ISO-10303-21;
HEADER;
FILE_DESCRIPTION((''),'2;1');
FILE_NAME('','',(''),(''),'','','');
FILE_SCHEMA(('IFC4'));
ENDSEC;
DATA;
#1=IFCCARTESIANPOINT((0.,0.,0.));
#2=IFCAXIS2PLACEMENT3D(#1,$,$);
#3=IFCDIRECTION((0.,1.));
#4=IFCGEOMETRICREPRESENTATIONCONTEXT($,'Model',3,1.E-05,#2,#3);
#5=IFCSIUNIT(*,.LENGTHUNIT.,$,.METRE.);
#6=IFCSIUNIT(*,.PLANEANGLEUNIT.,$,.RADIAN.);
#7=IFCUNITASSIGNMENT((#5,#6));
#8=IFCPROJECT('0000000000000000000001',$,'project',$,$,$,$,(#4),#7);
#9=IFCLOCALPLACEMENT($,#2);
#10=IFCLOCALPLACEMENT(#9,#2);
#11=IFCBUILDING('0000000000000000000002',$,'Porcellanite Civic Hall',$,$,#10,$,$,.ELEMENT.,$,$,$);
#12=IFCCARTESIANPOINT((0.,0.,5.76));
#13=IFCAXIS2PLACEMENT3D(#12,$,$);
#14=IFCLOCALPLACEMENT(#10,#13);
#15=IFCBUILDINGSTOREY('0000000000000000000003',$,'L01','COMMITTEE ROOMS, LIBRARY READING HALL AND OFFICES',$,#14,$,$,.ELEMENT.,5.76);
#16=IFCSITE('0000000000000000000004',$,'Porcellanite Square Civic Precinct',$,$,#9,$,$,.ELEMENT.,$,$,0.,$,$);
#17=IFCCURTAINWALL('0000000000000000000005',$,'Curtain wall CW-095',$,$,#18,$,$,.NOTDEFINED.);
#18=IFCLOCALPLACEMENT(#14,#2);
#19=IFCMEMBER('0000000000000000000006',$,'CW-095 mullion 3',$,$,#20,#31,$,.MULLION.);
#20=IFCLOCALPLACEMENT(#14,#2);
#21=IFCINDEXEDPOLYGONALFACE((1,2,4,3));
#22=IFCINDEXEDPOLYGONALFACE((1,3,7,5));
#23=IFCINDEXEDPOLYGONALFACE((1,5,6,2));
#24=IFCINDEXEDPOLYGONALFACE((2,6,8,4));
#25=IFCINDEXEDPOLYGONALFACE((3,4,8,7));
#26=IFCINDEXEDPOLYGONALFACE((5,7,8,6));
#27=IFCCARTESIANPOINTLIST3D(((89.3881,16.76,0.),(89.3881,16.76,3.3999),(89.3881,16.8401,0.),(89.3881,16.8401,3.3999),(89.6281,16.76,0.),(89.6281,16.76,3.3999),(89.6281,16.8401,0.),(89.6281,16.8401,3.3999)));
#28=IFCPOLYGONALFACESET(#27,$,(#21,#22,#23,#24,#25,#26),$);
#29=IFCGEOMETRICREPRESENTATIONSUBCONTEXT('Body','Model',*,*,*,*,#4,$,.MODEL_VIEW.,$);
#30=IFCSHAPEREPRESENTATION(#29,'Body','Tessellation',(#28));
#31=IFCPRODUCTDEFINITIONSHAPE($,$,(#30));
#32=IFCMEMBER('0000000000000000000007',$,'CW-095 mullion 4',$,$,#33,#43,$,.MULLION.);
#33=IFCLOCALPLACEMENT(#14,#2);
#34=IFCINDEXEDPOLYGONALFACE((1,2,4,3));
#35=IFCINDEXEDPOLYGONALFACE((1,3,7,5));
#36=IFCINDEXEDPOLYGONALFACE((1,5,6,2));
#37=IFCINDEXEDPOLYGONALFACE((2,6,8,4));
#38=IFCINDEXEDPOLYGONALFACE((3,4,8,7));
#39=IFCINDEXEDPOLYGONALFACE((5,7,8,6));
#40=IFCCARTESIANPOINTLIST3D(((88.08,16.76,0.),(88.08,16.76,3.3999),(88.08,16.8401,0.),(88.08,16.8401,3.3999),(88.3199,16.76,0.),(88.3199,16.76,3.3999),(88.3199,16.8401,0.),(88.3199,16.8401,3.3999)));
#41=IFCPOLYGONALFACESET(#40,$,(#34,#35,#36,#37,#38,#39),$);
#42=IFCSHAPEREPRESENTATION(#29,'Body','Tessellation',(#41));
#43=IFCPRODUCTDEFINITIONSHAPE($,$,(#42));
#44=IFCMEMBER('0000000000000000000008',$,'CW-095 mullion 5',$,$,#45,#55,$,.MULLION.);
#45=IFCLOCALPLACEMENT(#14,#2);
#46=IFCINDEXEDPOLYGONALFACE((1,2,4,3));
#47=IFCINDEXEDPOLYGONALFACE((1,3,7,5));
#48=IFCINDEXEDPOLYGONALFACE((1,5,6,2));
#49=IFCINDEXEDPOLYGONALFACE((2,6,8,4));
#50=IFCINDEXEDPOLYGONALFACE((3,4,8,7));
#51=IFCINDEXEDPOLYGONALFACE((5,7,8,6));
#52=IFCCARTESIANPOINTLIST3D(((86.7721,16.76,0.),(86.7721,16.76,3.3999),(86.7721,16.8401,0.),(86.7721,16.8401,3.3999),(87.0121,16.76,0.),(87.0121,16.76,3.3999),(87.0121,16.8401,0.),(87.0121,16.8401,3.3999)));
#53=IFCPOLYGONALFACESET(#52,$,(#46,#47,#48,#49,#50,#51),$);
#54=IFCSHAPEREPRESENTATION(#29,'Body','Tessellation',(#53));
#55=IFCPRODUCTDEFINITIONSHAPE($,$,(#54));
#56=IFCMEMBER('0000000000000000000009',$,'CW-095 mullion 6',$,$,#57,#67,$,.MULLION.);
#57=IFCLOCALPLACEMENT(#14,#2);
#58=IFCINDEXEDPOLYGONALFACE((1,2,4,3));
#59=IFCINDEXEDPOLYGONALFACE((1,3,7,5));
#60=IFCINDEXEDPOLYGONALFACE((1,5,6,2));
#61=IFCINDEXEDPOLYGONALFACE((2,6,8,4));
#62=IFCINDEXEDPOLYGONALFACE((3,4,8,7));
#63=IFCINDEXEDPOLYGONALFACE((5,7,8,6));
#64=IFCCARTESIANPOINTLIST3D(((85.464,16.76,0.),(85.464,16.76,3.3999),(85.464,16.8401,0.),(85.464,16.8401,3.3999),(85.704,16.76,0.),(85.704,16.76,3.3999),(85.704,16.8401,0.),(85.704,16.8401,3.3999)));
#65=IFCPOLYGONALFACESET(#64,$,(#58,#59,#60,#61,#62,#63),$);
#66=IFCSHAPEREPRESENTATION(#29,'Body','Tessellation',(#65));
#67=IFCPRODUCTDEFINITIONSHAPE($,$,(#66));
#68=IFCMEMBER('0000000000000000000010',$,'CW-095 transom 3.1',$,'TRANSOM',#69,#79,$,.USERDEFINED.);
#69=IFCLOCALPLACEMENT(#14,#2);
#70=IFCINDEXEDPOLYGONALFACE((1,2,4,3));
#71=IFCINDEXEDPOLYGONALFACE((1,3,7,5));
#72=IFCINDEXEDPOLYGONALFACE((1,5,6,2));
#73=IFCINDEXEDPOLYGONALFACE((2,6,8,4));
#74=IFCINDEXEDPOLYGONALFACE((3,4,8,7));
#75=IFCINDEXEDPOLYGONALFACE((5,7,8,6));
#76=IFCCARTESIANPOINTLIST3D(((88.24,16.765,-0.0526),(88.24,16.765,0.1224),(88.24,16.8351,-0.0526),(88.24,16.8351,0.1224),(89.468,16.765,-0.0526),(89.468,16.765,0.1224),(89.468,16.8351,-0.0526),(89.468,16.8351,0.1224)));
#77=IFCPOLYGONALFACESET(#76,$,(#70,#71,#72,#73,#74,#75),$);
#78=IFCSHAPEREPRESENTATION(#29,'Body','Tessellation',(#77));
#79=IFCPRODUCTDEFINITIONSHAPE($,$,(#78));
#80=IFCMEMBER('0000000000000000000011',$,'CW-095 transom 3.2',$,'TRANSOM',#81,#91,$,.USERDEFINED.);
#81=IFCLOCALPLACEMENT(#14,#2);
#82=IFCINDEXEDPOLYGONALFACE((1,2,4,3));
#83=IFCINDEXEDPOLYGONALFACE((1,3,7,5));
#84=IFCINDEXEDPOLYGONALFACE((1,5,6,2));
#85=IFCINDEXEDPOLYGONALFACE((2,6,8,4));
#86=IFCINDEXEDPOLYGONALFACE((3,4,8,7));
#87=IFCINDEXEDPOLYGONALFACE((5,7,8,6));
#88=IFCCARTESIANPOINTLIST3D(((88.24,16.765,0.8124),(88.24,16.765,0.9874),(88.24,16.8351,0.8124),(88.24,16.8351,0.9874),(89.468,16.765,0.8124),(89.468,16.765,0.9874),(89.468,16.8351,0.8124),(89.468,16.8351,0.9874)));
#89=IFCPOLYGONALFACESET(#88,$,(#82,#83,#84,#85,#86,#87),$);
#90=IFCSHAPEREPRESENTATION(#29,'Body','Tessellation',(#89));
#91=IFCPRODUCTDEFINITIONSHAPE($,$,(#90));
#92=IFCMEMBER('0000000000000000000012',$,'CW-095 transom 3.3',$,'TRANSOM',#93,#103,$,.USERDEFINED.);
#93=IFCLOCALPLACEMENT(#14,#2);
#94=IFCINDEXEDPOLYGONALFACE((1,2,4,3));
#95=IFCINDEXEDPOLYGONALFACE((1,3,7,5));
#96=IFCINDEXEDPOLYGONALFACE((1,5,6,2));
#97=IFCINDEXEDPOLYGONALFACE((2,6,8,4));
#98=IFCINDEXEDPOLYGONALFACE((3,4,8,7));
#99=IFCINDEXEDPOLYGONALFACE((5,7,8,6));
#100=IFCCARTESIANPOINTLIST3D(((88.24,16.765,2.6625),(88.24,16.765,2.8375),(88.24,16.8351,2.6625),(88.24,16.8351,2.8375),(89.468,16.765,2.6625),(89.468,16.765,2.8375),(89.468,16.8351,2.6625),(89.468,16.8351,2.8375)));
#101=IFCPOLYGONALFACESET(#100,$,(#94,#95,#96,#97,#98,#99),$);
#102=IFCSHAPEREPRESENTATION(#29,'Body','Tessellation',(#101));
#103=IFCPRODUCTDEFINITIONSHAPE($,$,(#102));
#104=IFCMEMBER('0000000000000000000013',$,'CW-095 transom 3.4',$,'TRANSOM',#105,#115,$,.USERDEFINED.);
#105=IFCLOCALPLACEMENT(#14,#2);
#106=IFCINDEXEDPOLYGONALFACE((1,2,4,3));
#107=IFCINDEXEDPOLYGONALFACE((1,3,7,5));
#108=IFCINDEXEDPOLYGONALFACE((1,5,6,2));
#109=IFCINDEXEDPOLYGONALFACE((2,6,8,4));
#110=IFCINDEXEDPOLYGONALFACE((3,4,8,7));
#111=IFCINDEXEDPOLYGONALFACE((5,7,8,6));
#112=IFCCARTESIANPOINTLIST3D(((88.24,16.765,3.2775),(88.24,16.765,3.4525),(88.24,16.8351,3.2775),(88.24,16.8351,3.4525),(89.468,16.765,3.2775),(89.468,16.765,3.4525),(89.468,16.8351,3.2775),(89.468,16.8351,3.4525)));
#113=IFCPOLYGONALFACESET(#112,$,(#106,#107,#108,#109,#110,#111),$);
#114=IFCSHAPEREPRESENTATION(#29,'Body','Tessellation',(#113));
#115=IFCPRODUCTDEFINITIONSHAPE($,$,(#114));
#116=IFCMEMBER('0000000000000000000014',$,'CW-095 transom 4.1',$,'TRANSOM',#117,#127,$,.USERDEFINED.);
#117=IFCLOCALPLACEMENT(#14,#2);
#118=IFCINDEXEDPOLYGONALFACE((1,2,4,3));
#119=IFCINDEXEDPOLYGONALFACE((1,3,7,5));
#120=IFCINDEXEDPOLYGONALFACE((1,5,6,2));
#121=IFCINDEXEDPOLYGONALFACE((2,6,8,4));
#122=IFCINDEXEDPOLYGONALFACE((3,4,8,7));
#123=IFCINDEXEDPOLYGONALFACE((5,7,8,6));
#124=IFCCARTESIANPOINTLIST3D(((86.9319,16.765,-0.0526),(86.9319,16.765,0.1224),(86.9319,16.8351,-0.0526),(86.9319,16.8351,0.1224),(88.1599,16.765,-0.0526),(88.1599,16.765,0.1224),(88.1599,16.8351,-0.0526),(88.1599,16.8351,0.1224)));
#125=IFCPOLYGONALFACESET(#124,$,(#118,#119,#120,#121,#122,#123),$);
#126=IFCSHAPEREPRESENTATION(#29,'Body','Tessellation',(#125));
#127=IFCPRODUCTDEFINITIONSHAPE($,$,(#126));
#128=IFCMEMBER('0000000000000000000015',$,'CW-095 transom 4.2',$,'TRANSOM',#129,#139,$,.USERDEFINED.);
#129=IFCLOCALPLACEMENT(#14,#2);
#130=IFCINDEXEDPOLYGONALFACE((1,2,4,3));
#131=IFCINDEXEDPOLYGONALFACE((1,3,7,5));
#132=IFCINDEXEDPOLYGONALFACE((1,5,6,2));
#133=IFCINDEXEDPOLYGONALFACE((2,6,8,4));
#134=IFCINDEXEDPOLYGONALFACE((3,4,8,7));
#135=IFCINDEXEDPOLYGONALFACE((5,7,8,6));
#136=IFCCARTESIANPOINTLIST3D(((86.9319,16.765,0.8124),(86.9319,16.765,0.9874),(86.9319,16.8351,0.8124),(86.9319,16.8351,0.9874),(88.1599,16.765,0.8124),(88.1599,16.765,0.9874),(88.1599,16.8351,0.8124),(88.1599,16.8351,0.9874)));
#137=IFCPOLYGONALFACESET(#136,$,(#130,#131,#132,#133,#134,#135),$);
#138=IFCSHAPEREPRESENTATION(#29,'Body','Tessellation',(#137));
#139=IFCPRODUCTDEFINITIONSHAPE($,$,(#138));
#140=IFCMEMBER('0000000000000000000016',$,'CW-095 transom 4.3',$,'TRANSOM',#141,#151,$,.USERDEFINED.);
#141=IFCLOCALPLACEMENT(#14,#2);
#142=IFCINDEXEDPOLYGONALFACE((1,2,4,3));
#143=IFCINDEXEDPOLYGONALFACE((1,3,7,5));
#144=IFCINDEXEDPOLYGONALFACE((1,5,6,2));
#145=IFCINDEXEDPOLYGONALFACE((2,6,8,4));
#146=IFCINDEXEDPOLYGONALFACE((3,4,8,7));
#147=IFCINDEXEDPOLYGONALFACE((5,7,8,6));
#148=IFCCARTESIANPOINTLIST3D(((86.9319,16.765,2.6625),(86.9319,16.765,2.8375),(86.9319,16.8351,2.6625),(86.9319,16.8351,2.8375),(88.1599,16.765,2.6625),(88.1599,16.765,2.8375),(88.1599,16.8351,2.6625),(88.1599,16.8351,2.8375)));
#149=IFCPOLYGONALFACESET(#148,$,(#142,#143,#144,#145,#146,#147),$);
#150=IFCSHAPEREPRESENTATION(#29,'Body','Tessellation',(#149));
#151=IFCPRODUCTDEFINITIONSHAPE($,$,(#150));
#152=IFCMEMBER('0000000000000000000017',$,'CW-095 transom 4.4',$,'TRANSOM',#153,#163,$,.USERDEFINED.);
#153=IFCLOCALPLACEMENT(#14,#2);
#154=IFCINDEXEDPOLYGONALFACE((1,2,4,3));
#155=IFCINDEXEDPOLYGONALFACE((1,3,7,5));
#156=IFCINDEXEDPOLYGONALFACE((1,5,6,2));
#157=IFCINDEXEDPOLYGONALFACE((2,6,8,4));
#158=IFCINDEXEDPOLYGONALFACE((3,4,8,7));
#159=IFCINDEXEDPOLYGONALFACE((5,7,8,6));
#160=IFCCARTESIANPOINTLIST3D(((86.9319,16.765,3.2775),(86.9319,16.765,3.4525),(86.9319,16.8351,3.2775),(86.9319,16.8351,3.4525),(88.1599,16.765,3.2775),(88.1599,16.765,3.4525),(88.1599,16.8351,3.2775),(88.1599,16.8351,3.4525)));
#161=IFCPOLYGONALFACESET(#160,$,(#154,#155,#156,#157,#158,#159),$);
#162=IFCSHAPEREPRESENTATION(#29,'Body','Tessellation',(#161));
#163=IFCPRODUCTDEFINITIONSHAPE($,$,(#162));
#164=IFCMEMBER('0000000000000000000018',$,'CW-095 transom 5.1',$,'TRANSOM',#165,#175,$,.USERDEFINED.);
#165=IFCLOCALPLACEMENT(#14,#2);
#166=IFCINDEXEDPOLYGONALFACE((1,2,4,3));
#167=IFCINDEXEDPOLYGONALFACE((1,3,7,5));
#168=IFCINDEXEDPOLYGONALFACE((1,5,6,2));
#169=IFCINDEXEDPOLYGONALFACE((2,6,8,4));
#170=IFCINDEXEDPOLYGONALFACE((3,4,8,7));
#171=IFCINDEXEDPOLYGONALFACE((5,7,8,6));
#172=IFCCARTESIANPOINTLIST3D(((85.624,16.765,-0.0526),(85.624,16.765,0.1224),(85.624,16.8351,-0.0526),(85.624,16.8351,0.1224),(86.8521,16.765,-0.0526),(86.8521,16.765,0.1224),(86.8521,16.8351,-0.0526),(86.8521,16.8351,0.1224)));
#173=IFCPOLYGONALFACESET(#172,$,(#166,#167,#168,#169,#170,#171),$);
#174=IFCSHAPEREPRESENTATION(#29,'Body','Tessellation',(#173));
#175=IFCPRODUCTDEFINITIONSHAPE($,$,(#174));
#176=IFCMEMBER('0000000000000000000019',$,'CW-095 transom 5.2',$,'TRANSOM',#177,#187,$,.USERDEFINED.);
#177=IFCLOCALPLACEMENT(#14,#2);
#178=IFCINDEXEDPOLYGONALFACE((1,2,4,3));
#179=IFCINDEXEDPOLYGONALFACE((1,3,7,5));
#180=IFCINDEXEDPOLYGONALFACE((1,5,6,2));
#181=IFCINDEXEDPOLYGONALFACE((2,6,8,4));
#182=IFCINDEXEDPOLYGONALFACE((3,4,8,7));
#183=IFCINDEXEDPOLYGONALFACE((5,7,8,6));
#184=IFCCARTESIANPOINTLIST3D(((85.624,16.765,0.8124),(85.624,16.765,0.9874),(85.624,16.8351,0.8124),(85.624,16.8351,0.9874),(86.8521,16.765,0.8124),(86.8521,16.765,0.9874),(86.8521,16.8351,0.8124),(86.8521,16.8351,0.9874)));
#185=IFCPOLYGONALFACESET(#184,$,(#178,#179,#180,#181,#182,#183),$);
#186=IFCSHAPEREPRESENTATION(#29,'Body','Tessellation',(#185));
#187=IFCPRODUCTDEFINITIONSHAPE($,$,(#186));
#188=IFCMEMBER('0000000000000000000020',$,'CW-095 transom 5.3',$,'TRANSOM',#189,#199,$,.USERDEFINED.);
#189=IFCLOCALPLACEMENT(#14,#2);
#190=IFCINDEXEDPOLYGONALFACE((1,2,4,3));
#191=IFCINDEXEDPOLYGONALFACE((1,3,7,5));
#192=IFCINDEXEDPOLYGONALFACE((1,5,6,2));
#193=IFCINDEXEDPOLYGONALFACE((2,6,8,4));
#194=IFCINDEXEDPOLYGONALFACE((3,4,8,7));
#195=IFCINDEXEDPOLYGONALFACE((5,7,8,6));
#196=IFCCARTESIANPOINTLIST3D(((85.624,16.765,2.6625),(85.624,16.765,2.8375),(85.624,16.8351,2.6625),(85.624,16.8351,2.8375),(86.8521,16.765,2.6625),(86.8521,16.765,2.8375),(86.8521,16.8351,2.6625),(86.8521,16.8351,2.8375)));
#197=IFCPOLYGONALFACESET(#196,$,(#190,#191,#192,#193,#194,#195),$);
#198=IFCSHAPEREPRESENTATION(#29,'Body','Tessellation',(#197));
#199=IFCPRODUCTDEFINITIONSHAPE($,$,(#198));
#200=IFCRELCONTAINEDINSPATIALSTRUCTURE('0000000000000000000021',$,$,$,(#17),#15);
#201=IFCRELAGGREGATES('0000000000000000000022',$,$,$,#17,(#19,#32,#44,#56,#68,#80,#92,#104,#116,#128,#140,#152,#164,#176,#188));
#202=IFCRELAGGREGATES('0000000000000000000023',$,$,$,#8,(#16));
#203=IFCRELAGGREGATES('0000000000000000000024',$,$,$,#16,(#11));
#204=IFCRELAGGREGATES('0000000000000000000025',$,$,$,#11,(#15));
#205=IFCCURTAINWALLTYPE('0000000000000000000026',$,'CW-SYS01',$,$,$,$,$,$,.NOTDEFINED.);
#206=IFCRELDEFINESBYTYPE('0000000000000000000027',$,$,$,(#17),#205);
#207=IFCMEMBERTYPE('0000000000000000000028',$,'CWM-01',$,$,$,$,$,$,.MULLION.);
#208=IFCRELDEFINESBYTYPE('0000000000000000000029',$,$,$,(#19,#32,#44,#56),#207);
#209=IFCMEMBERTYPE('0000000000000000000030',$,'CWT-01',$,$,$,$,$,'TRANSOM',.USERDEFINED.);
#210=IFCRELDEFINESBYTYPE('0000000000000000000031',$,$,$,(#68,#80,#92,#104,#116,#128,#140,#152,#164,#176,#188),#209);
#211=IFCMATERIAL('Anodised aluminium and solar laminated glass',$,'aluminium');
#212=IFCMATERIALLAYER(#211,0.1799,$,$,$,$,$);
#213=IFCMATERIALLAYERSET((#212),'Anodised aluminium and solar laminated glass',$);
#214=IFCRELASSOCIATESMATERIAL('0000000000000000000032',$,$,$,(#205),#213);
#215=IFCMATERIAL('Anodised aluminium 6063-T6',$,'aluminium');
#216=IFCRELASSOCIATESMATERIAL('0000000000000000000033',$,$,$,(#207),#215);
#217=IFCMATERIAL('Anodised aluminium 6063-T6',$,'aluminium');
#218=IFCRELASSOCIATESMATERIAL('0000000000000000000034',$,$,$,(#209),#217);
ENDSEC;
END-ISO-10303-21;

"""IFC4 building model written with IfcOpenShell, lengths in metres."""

from ifc_helpers import new_model, si_unit, direction, frame, origin, origin_2d, place, context, subcontext, project, spatial, rectangle, extrude, material, layer, layer_set, material_profile, profile_set, type_object, element, aggregate, save


model = new_model("IFC4")

# Units and contexts
model_context = context("Model", 3, precision=1e-05, world=origin(), true_north=direction((0.0, 1.0)))
body_context = subcontext(model_context, "Body", "Model", "MODEL_VIEW")
ifc_project = project(units=[si_unit("LENGTHUNIT", "METRE"), si_unit("PLANEANGLEUNIT", "RADIAN")], contexts=[model_context])

# Site, building, storey
site_placement = place(None, origin())
site = spatial("IfcSite", under=ifc_project, at=site_placement, Name="Porcellanite Square Civic Precinct", CompositionType="ELEMENT", RefElevation=0.0)
building_placement = place(site_placement, origin())
building = spatial("IfcBuilding", under=site, at=building_placement, Name="Porcellanite Civic Hall", CompositionType="ELEMENT")
storey_placement = place(building_placement, frame((0.0, 0.0, 5.76)))
storey = spatial("IfcBuildingStorey", under=building, at=storey_placement, Name="L01", Description="COMMITTEE ROOMS, LIBRARY READING HALL AND OFFICES", CompositionType="ELEMENT", Elevation=5.76)

# Curtain wall, members
ifc_material_1 = material(Name="Anodised aluminium and solar laminated glass", Category="aluminium")
ifc_layer_1 = layer(ifc_material_1, 0.1799)
ifc_layer_set_1 = layer_set([ifc_layer_1], Name="Anodised aluminium and solar laminated glass")
curtain_wall_type = type_object("IfcCurtainWallType", Name="CW-SYS01", PredefinedType="NOTDEFINED", material=ifc_layer_set_1)
curtain_wall_placement = place(storey_placement, origin())
curtain_wall = element("IfcCurtainWall", 1, at=curtain_wall_placement, inside=storey, type_object=curtain_wall_type, Name="Curtain wall CW-095", PredefinedType="NOTDEFINED")
ifc_material_2 = material(Name="Anodised aluminium 6063-T6", Category="aluminium")
ifc_material_profile_1 = material_profile(ifc_material_2, rectangle(XDim=0.0801, YDim=0.24, at=origin_2d()), Name="AL-80x240")
ifc_profile_set_1 = profile_set([ifc_material_profile_1], Name="Anodised aluminium 6063-T6")
member_type_1 = type_object("IfcMemberType", Name="CWM-01", PredefinedType="MULLION", material=ifc_profile_set_1)
member_1_placement = place(storey_placement, frame((89.5081, 16.8, 0.0), z_axis=(0.0, 0.0, 1.0), x_axis=(0.0, -1.0, 0.0)))
member_1 = element("IfcMember", 2, at=member_1_placement, type_object=member_type_1, Name="CW-095 mullion 3", PredefinedType="MULLION", context=body_context, shape_type="SweptSolid", body=[
    extrude(rectangle(XDim=0.0801, YDim=0.24, at=origin_2d()), origin(), (0.0, 0.0, 1.0), 3.3999),
])
member_2_placement = place(storey_placement, frame((88.2, 16.8, 0.0), z_axis=(0.0, 0.0, 1.0), x_axis=(0.0, -1.0, 0.0)))
member_2 = element("IfcMember", 3, at=member_2_placement, type_object=member_type_1, Name="CW-095 mullion 4", PredefinedType="MULLION", context=body_context, shape_type="SweptSolid", body=[
    extrude(rectangle(XDim=0.0801, YDim=0.24, at=origin_2d()), origin(), (0.0, 0.0, 1.0), 3.3999),
])
member_3_placement = place(storey_placement, frame((86.8921, 16.8, 0.0), z_axis=(0.0, 0.0, 1.0), x_axis=(0.0, -1.0, 0.0)))
member_3 = element("IfcMember", 4, at=member_3_placement, type_object=member_type_1, Name="CW-095 mullion 5", PredefinedType="MULLION", context=body_context, shape_type="SweptSolid", body=[
    extrude(rectangle(XDim=0.0801, YDim=0.24, at=origin_2d()), origin(), (0.0, 0.0, 1.0), 3.3999),
])
member_4_placement = place(storey_placement, frame((85.584, 16.8, 0.0), z_axis=(0.0, 0.0, 1.0), x_axis=(0.0, -1.0, 0.0)))
member_4 = element("IfcMember", 5, at=member_4_placement, type_object=member_type_1, Name="CW-095 mullion 6", PredefinedType="MULLION", context=body_context, shape_type="SweptSolid", body=[
    extrude(rectangle(XDim=0.0801, YDim=0.24, at=origin_2d()), origin(), (0.0, 0.0, 1.0), 3.3999),
])
ifc_material_3 = material(Name="Anodised aluminium 6063-T6", Category="aluminium")
ifc_material_profile_2 = material_profile(ifc_material_3, rectangle(XDim=0.0701, YDim=0.175, at=origin_2d()), Name="AL-70x175")
ifc_profile_set_2 = profile_set([ifc_material_profile_2], Name="Anodised aluminium 6063-T6")
member_type_2 = type_object("IfcMemberType", Name="CWT-01", ElementType="TRANSOM", PredefinedType="USERDEFINED", material=ifc_profile_set_2)
member_5_placement = place(storey_placement, frame((89.468, 16.8, 0.0349), z_axis=(-1.0, 0.0, 0.0), x_axis=(0.0, -1.0, 0.0)))
member_5 = element("IfcMember", 6, at=member_5_placement, type_object=member_type_2, Name="CW-095 transom 3.1", ObjectType="TRANSOM", PredefinedType="USERDEFINED", context=body_context, shape_type="SweptSolid", body=[
    extrude(rectangle(XDim=0.0701, YDim=0.175, at=origin_2d()), origin(), (0.0, 0.0, 1.0), 1.228),
])
member_6_placement = place(storey_placement, frame((89.468, 16.8, 0.8999), z_axis=(-1.0, 0.0, 0.0), x_axis=(0.0, -1.0, 0.0)))
member_6 = element("IfcMember", 7, at=member_6_placement, type_object=member_type_2, Name="CW-095 transom 3.2", ObjectType="TRANSOM", PredefinedType="USERDEFINED", context=body_context, shape_type="SweptSolid", body=[
    extrude(rectangle(XDim=0.0701, YDim=0.175, at=origin_2d()), origin(), (0.0, 0.0, 1.0), 1.228),
])
member_7_placement = place(storey_placement, frame((89.468, 16.8, 2.75), z_axis=(-1.0, 0.0, 0.0), x_axis=(0.0, -1.0, 0.0)))
member_7 = element("IfcMember", 8, at=member_7_placement, type_object=member_type_2, Name="CW-095 transom 3.3", ObjectType="TRANSOM", PredefinedType="USERDEFINED", context=body_context, shape_type="SweptSolid", body=[
    extrude(rectangle(XDim=0.0701, YDim=0.175, at=origin_2d()), origin(), (0.0, 0.0, 1.0), 1.228),
])
member_8_placement = place(storey_placement, frame((89.468, 16.8, 3.365), z_axis=(-1.0, 0.0, 0.0), x_axis=(0.0, -1.0, 0.0)))
member_8 = element("IfcMember", 9, at=member_8_placement, type_object=member_type_2, Name="CW-095 transom 3.4", ObjectType="TRANSOM", PredefinedType="USERDEFINED", context=body_context, shape_type="SweptSolid", body=[
    extrude(rectangle(XDim=0.0701, YDim=0.175, at=origin_2d()), origin(), (0.0, 0.0, 1.0), 1.228),
])
member_9_placement = place(storey_placement, frame((88.1599, 16.8, 0.0349), z_axis=(-1.0, 0.0, 0.0), x_axis=(0.0, -1.0, 0.0)))
member_9 = element("IfcMember", 10, at=member_9_placement, type_object=member_type_2, Name="CW-095 transom 4.1", ObjectType="TRANSOM", PredefinedType="USERDEFINED", context=body_context, shape_type="SweptSolid", body=[
    extrude(rectangle(XDim=0.0701, YDim=0.175, at=origin_2d()), origin(), (0.0, 0.0, 1.0), 1.228),
])
member_10_placement = place(storey_placement, frame((88.1599, 16.8, 0.8999), z_axis=(-1.0, 0.0, 0.0), x_axis=(0.0, -1.0, 0.0)))
member_10 = element("IfcMember", 11, at=member_10_placement, type_object=member_type_2, Name="CW-095 transom 4.2", ObjectType="TRANSOM", PredefinedType="USERDEFINED", context=body_context, shape_type="SweptSolid", body=[
    extrude(rectangle(XDim=0.0701, YDim=0.175, at=origin_2d()), origin(), (0.0, 0.0, 1.0), 1.228),
])
member_11_placement = place(storey_placement, frame((88.1599, 16.8, 2.75), z_axis=(-1.0, 0.0, 0.0), x_axis=(0.0, -1.0, 0.0)))
member_11 = element("IfcMember", 12, at=member_11_placement, type_object=member_type_2, Name="CW-095 transom 4.3", ObjectType="TRANSOM", PredefinedType="USERDEFINED", context=body_context, shape_type="SweptSolid", body=[
    extrude(rectangle(XDim=0.0701, YDim=0.175, at=origin_2d()), origin(), (0.0, 0.0, 1.0), 1.228),
])
member_12_placement = place(storey_placement, frame((88.1599, 16.8, 3.365), z_axis=(-1.0, 0.0, 0.0), x_axis=(0.0, -1.0, 0.0)))
member_12 = element("IfcMember", 13, at=member_12_placement, type_object=member_type_2, Name="CW-095 transom 4.4", ObjectType="TRANSOM", PredefinedType="USERDEFINED", context=body_context, shape_type="SweptSolid", body=[
    extrude(rectangle(XDim=0.0701, YDim=0.175, at=origin_2d()), origin(), (0.0, 0.0, 1.0), 1.228),
])
member_13_placement = place(storey_placement, frame((86.8521, 16.8, 0.0349), z_axis=(-1.0, 0.0, 0.0), x_axis=(0.0, -1.0, 0.0)))
member_13 = element("IfcMember", 14, at=member_13_placement, type_object=member_type_2, Name="CW-095 transom 5.1", ObjectType="TRANSOM", PredefinedType="USERDEFINED", context=body_context, shape_type="SweptSolid", body=[
    extrude(rectangle(XDim=0.0701, YDim=0.175, at=origin_2d()), origin(), (0.0, 0.0, 1.0), 1.228),
])
member_14_placement = place(storey_placement, frame((86.8521, 16.8, 0.8999), z_axis=(-1.0, 0.0, 0.0), x_axis=(0.0, -1.0, 0.0)))
member_14 = element("IfcMember", 15, at=member_14_placement, type_object=member_type_2, Name="CW-095 transom 5.2", ObjectType="TRANSOM", PredefinedType="USERDEFINED", context=body_context, shape_type="SweptSolid", body=[
    extrude(rectangle(XDim=0.0701, YDim=0.175, at=origin_2d()), origin(), (0.0, 0.0, 1.0), 1.228),
])
member_15_placement = place(storey_placement, frame((86.8521, 16.8, 2.75), z_axis=(-1.0, 0.0, 0.0), x_axis=(0.0, -1.0, 0.0)))
member_15 = element("IfcMember", 16, at=member_15_placement, type_object=member_type_2, Name="CW-095 transom 5.3", ObjectType="TRANSOM", PredefinedType="USERDEFINED", context=body_context, shape_type="SweptSolid", body=[
    extrude(rectangle(XDim=0.0701, YDim=0.175, at=origin_2d()), origin(), (0.0, 0.0, 1.0), 1.228),
])
aggregate(curtain_wall, [member_1, member_2, member_3, member_4, member_5, member_6, member_7, member_8, member_9, member_10, member_11, member_12, member_13, member_14, member_15])

save(model, "model.ifc")
